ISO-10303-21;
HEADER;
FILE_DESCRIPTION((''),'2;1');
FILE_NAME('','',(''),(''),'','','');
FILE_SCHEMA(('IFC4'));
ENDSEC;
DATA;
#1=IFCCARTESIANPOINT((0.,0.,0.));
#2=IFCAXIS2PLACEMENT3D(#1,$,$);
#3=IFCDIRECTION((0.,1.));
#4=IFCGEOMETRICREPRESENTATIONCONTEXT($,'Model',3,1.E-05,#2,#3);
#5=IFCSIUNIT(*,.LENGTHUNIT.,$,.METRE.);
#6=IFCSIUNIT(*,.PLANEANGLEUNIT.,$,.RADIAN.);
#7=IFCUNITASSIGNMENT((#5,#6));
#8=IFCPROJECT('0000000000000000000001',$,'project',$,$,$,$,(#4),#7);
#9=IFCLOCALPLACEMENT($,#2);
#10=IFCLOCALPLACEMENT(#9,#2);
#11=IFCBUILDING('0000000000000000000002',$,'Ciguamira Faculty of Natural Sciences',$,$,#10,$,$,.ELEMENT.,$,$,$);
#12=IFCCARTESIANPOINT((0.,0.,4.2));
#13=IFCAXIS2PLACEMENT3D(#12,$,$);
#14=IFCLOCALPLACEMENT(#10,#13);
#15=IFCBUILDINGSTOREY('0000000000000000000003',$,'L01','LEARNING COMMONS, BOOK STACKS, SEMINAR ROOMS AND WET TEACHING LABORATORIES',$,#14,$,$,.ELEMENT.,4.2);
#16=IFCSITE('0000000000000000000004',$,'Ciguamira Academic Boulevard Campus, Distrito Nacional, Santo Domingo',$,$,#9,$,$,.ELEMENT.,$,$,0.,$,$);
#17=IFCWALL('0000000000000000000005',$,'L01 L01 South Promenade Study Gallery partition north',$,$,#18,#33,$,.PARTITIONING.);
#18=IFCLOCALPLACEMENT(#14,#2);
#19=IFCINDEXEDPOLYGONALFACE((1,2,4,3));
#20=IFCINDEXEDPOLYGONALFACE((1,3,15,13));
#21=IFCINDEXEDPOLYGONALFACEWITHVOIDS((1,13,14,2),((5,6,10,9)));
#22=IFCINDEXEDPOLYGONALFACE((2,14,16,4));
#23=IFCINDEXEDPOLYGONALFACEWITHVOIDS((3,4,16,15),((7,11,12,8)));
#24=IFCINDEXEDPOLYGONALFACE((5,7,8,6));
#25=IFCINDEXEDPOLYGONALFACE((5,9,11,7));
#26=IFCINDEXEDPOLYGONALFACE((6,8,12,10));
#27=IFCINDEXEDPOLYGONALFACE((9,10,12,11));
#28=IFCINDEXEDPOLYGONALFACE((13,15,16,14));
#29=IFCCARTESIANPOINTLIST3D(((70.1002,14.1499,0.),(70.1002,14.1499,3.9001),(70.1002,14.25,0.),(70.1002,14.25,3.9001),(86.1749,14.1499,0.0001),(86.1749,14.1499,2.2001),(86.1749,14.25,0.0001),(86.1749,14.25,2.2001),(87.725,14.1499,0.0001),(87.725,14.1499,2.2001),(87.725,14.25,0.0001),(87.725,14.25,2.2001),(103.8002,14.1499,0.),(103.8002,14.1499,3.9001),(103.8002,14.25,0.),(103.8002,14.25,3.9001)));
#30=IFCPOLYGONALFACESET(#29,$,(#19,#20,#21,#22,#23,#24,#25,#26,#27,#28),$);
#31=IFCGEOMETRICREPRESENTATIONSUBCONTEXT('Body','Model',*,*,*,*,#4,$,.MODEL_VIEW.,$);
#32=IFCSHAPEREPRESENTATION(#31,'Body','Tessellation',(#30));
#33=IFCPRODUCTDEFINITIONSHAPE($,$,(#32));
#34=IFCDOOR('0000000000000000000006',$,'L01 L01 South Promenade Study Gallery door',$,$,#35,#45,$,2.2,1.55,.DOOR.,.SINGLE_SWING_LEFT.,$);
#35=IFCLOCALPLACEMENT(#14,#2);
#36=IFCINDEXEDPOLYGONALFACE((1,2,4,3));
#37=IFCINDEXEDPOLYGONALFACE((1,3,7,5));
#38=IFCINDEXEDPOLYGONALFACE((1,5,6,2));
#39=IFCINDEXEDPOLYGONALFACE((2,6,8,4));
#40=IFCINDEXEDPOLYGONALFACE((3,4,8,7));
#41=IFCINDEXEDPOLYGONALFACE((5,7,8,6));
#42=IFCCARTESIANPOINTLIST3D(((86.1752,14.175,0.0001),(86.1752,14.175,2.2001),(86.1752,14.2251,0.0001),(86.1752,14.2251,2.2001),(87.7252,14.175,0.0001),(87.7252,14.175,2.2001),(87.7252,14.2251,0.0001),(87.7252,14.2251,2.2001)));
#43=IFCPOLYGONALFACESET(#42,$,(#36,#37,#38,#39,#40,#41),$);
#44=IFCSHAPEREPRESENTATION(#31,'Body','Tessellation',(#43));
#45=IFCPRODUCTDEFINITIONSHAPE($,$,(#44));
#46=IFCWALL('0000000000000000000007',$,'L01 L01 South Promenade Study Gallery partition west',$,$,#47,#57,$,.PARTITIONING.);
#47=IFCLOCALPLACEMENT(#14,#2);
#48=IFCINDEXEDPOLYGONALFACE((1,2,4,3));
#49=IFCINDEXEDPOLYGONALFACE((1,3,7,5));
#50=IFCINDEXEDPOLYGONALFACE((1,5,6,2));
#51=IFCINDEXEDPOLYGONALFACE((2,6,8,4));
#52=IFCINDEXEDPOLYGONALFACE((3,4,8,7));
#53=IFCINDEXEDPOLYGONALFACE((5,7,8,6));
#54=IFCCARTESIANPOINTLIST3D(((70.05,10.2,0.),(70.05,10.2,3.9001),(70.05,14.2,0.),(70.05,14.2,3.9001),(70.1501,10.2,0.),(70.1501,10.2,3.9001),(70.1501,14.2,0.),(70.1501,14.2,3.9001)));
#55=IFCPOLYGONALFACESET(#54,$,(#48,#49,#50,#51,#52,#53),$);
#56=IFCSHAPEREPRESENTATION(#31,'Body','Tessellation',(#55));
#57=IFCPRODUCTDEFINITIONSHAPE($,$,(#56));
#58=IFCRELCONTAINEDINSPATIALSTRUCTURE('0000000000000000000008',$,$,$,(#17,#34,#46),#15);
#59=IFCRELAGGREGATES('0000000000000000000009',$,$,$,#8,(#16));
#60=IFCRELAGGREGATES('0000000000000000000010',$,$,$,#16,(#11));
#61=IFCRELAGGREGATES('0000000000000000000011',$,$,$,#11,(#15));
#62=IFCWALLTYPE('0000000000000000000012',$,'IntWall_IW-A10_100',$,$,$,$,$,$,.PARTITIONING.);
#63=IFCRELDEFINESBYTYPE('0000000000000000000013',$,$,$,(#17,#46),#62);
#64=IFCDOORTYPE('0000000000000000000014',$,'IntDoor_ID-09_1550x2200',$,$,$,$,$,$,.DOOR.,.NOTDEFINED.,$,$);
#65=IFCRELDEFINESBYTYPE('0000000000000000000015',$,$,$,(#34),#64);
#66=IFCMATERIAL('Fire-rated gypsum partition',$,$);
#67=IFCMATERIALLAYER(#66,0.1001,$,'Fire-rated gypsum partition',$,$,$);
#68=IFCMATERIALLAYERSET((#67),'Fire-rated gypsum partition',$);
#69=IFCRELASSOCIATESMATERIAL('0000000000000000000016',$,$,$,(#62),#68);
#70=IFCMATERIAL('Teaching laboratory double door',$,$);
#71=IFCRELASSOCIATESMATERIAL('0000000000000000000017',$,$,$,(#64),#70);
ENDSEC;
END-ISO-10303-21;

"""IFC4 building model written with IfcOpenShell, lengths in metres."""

from ifc_helpers import new_model, si_unit, direction, frame, frame_2d, origin, place, context, subcontext, project, spatial, rectangle, extrude, material, layer, layer_set, type_object, element, fill, save


model = new_model("IFC4")

# Units and contexts
model_context = context("Model", 3, precision=1e-05, world=origin(), true_north=direction((0.0, 1.0)))
body_context = subcontext(model_context, "Body", "Model", "MODEL_VIEW")
ifc_project = project(units=[si_unit("LENGTHUNIT", "METRE"), si_unit("PLANEANGLEUNIT", "RADIAN")], contexts=[model_context])

# Site, building, storey
site_placement = place(None, origin())
site = spatial("IfcSite", under=ifc_project, at=site_placement, Name="Ciguamira Academic Boulevard Campus, Distrito Nacional, Santo Domingo", CompositionType="ELEMENT", RefElevation=0.0)
building_placement = place(site_placement, origin())
building = spatial("IfcBuilding", under=site, at=building_placement, Name="Ciguamira Faculty of Natural Sciences", CompositionType="ELEMENT")
storey_placement = place(building_placement, frame((0.0, 0.0, 4.2)))
storey = spatial("IfcBuildingStorey", under=building, at=storey_placement, Name="L01", Description="LEARNING COMMONS, BOOK STACKS, SEMINAR ROOMS AND WET TEACHING LABORATORIES", CompositionType="ELEMENT", Elevation=4.2)

# Shared definitions
ifc_material_1 = material(Name="Fire-rated gypsum partition")
ifc_layer_1 = layer(ifc_material_1, 0.1001, Name="Fire-rated gypsum partition")
ifc_layer_set_1 = layer_set([ifc_layer_1], Name="Fire-rated gypsum partition")
wall_type_1 = type_object("IfcWallType", Name="IntWall_IW-A10_100", PredefinedType="PARTITIONING", material=ifc_layer_set_1)

# Wall, opening, door
wall_1_placement = place(storey_placement, frame((70.1001, 14.2, 0.0), z_axis=(0.0, 0.0, 1.0), x_axis=(1.0, 0.0, 0.0)))
wall_1 = element("IfcWall", 1, at=wall_1_placement, inside=storey, type_object=wall_type_1, Name="L01 L01 South Promenade Study Gallery partition north", PredefinedType="PARTITIONING", context=body_context, shape_type="SweptSolid", body=[
    extrude(rectangle(XDim=33.7, YDim=0.1001, at=frame_2d((16.8501, 0.0))), origin(), (0.0, 0.0, 1.0), 3.9001),
])
opening_placement = place(wall_1_placement, frame((16.075, 0.0, 0.0)))
opening = element("IfcOpeningElement", 2, at=opening_placement, cuts=wall_1, PredefinedType="OPENING", context=body_context, shape_type="SweptSolid", body=[
    extrude(rectangle(XDim=1.55, YDim=2.2, at=frame_2d((0.7749, 1.1001))), frame((0.0, 0.0601, 0.0), z_axis=(0.0, -1.0, 0.0), x_axis=(1.0, 0.0, 0.0)), (0.0, 0.0, 1.0), 0.1201),
])
ifc_material_2 = material(Name="Teaching laboratory double door")
door_type = type_object("IfcDoorType", Name="IntDoor_ID-09_1550x2200", OperationType="NOTDEFINED", PredefinedType="DOOR", material=ifc_material_2)
door_placement = place(opening_placement, frame((1.55, 0.0, 0.0), z_axis=(0.0, 0.0, 1.0), x_axis=(-1.0, 0.0, 0.0)))
door = element("IfcDoor", 3, at=door_placement, inside=storey, type_object=door_type, Name="L01 L01 South Promenade Study Gallery door", OperationType="SINGLE_SWING_LEFT", OverallHeight=2.2, OverallWidth=1.55, PredefinedType="DOOR", context=body_context, shape_type="SweptSolid", body=[
    extrude(rectangle(XDim=1.55, YDim=2.2, at=frame_2d((0.7749, 1.1001))), frame((0.0, 0.0249, 0.0), z_axis=(0.0, -1.0, 0.0), x_axis=(1.0, 0.0, 0.0)), (0.0, 0.0, 1.0), 0.05),
])
fill(opening, door)

# Wall
wall_2_placement = place(storey_placement, frame((70.1001, 10.2, 0.0), z_axis=(0.0, 0.0, 1.0), x_axis=(0.0, 1.0, 0.0)))
element("IfcWall", 4, at=wall_2_placement, inside=storey, type_object=wall_type_1, Name="L01 L01 South Promenade Study Gallery partition west", PredefinedType="PARTITIONING", context=body_context, shape_type="SweptSolid", body=[
    extrude(rectangle(XDim=4.0, YDim=0.1001, at=frame_2d((2.0, 0.0))), origin(), (0.0, 0.0, 1.0), 3.9001),
])

save(model, "model.ifc")
